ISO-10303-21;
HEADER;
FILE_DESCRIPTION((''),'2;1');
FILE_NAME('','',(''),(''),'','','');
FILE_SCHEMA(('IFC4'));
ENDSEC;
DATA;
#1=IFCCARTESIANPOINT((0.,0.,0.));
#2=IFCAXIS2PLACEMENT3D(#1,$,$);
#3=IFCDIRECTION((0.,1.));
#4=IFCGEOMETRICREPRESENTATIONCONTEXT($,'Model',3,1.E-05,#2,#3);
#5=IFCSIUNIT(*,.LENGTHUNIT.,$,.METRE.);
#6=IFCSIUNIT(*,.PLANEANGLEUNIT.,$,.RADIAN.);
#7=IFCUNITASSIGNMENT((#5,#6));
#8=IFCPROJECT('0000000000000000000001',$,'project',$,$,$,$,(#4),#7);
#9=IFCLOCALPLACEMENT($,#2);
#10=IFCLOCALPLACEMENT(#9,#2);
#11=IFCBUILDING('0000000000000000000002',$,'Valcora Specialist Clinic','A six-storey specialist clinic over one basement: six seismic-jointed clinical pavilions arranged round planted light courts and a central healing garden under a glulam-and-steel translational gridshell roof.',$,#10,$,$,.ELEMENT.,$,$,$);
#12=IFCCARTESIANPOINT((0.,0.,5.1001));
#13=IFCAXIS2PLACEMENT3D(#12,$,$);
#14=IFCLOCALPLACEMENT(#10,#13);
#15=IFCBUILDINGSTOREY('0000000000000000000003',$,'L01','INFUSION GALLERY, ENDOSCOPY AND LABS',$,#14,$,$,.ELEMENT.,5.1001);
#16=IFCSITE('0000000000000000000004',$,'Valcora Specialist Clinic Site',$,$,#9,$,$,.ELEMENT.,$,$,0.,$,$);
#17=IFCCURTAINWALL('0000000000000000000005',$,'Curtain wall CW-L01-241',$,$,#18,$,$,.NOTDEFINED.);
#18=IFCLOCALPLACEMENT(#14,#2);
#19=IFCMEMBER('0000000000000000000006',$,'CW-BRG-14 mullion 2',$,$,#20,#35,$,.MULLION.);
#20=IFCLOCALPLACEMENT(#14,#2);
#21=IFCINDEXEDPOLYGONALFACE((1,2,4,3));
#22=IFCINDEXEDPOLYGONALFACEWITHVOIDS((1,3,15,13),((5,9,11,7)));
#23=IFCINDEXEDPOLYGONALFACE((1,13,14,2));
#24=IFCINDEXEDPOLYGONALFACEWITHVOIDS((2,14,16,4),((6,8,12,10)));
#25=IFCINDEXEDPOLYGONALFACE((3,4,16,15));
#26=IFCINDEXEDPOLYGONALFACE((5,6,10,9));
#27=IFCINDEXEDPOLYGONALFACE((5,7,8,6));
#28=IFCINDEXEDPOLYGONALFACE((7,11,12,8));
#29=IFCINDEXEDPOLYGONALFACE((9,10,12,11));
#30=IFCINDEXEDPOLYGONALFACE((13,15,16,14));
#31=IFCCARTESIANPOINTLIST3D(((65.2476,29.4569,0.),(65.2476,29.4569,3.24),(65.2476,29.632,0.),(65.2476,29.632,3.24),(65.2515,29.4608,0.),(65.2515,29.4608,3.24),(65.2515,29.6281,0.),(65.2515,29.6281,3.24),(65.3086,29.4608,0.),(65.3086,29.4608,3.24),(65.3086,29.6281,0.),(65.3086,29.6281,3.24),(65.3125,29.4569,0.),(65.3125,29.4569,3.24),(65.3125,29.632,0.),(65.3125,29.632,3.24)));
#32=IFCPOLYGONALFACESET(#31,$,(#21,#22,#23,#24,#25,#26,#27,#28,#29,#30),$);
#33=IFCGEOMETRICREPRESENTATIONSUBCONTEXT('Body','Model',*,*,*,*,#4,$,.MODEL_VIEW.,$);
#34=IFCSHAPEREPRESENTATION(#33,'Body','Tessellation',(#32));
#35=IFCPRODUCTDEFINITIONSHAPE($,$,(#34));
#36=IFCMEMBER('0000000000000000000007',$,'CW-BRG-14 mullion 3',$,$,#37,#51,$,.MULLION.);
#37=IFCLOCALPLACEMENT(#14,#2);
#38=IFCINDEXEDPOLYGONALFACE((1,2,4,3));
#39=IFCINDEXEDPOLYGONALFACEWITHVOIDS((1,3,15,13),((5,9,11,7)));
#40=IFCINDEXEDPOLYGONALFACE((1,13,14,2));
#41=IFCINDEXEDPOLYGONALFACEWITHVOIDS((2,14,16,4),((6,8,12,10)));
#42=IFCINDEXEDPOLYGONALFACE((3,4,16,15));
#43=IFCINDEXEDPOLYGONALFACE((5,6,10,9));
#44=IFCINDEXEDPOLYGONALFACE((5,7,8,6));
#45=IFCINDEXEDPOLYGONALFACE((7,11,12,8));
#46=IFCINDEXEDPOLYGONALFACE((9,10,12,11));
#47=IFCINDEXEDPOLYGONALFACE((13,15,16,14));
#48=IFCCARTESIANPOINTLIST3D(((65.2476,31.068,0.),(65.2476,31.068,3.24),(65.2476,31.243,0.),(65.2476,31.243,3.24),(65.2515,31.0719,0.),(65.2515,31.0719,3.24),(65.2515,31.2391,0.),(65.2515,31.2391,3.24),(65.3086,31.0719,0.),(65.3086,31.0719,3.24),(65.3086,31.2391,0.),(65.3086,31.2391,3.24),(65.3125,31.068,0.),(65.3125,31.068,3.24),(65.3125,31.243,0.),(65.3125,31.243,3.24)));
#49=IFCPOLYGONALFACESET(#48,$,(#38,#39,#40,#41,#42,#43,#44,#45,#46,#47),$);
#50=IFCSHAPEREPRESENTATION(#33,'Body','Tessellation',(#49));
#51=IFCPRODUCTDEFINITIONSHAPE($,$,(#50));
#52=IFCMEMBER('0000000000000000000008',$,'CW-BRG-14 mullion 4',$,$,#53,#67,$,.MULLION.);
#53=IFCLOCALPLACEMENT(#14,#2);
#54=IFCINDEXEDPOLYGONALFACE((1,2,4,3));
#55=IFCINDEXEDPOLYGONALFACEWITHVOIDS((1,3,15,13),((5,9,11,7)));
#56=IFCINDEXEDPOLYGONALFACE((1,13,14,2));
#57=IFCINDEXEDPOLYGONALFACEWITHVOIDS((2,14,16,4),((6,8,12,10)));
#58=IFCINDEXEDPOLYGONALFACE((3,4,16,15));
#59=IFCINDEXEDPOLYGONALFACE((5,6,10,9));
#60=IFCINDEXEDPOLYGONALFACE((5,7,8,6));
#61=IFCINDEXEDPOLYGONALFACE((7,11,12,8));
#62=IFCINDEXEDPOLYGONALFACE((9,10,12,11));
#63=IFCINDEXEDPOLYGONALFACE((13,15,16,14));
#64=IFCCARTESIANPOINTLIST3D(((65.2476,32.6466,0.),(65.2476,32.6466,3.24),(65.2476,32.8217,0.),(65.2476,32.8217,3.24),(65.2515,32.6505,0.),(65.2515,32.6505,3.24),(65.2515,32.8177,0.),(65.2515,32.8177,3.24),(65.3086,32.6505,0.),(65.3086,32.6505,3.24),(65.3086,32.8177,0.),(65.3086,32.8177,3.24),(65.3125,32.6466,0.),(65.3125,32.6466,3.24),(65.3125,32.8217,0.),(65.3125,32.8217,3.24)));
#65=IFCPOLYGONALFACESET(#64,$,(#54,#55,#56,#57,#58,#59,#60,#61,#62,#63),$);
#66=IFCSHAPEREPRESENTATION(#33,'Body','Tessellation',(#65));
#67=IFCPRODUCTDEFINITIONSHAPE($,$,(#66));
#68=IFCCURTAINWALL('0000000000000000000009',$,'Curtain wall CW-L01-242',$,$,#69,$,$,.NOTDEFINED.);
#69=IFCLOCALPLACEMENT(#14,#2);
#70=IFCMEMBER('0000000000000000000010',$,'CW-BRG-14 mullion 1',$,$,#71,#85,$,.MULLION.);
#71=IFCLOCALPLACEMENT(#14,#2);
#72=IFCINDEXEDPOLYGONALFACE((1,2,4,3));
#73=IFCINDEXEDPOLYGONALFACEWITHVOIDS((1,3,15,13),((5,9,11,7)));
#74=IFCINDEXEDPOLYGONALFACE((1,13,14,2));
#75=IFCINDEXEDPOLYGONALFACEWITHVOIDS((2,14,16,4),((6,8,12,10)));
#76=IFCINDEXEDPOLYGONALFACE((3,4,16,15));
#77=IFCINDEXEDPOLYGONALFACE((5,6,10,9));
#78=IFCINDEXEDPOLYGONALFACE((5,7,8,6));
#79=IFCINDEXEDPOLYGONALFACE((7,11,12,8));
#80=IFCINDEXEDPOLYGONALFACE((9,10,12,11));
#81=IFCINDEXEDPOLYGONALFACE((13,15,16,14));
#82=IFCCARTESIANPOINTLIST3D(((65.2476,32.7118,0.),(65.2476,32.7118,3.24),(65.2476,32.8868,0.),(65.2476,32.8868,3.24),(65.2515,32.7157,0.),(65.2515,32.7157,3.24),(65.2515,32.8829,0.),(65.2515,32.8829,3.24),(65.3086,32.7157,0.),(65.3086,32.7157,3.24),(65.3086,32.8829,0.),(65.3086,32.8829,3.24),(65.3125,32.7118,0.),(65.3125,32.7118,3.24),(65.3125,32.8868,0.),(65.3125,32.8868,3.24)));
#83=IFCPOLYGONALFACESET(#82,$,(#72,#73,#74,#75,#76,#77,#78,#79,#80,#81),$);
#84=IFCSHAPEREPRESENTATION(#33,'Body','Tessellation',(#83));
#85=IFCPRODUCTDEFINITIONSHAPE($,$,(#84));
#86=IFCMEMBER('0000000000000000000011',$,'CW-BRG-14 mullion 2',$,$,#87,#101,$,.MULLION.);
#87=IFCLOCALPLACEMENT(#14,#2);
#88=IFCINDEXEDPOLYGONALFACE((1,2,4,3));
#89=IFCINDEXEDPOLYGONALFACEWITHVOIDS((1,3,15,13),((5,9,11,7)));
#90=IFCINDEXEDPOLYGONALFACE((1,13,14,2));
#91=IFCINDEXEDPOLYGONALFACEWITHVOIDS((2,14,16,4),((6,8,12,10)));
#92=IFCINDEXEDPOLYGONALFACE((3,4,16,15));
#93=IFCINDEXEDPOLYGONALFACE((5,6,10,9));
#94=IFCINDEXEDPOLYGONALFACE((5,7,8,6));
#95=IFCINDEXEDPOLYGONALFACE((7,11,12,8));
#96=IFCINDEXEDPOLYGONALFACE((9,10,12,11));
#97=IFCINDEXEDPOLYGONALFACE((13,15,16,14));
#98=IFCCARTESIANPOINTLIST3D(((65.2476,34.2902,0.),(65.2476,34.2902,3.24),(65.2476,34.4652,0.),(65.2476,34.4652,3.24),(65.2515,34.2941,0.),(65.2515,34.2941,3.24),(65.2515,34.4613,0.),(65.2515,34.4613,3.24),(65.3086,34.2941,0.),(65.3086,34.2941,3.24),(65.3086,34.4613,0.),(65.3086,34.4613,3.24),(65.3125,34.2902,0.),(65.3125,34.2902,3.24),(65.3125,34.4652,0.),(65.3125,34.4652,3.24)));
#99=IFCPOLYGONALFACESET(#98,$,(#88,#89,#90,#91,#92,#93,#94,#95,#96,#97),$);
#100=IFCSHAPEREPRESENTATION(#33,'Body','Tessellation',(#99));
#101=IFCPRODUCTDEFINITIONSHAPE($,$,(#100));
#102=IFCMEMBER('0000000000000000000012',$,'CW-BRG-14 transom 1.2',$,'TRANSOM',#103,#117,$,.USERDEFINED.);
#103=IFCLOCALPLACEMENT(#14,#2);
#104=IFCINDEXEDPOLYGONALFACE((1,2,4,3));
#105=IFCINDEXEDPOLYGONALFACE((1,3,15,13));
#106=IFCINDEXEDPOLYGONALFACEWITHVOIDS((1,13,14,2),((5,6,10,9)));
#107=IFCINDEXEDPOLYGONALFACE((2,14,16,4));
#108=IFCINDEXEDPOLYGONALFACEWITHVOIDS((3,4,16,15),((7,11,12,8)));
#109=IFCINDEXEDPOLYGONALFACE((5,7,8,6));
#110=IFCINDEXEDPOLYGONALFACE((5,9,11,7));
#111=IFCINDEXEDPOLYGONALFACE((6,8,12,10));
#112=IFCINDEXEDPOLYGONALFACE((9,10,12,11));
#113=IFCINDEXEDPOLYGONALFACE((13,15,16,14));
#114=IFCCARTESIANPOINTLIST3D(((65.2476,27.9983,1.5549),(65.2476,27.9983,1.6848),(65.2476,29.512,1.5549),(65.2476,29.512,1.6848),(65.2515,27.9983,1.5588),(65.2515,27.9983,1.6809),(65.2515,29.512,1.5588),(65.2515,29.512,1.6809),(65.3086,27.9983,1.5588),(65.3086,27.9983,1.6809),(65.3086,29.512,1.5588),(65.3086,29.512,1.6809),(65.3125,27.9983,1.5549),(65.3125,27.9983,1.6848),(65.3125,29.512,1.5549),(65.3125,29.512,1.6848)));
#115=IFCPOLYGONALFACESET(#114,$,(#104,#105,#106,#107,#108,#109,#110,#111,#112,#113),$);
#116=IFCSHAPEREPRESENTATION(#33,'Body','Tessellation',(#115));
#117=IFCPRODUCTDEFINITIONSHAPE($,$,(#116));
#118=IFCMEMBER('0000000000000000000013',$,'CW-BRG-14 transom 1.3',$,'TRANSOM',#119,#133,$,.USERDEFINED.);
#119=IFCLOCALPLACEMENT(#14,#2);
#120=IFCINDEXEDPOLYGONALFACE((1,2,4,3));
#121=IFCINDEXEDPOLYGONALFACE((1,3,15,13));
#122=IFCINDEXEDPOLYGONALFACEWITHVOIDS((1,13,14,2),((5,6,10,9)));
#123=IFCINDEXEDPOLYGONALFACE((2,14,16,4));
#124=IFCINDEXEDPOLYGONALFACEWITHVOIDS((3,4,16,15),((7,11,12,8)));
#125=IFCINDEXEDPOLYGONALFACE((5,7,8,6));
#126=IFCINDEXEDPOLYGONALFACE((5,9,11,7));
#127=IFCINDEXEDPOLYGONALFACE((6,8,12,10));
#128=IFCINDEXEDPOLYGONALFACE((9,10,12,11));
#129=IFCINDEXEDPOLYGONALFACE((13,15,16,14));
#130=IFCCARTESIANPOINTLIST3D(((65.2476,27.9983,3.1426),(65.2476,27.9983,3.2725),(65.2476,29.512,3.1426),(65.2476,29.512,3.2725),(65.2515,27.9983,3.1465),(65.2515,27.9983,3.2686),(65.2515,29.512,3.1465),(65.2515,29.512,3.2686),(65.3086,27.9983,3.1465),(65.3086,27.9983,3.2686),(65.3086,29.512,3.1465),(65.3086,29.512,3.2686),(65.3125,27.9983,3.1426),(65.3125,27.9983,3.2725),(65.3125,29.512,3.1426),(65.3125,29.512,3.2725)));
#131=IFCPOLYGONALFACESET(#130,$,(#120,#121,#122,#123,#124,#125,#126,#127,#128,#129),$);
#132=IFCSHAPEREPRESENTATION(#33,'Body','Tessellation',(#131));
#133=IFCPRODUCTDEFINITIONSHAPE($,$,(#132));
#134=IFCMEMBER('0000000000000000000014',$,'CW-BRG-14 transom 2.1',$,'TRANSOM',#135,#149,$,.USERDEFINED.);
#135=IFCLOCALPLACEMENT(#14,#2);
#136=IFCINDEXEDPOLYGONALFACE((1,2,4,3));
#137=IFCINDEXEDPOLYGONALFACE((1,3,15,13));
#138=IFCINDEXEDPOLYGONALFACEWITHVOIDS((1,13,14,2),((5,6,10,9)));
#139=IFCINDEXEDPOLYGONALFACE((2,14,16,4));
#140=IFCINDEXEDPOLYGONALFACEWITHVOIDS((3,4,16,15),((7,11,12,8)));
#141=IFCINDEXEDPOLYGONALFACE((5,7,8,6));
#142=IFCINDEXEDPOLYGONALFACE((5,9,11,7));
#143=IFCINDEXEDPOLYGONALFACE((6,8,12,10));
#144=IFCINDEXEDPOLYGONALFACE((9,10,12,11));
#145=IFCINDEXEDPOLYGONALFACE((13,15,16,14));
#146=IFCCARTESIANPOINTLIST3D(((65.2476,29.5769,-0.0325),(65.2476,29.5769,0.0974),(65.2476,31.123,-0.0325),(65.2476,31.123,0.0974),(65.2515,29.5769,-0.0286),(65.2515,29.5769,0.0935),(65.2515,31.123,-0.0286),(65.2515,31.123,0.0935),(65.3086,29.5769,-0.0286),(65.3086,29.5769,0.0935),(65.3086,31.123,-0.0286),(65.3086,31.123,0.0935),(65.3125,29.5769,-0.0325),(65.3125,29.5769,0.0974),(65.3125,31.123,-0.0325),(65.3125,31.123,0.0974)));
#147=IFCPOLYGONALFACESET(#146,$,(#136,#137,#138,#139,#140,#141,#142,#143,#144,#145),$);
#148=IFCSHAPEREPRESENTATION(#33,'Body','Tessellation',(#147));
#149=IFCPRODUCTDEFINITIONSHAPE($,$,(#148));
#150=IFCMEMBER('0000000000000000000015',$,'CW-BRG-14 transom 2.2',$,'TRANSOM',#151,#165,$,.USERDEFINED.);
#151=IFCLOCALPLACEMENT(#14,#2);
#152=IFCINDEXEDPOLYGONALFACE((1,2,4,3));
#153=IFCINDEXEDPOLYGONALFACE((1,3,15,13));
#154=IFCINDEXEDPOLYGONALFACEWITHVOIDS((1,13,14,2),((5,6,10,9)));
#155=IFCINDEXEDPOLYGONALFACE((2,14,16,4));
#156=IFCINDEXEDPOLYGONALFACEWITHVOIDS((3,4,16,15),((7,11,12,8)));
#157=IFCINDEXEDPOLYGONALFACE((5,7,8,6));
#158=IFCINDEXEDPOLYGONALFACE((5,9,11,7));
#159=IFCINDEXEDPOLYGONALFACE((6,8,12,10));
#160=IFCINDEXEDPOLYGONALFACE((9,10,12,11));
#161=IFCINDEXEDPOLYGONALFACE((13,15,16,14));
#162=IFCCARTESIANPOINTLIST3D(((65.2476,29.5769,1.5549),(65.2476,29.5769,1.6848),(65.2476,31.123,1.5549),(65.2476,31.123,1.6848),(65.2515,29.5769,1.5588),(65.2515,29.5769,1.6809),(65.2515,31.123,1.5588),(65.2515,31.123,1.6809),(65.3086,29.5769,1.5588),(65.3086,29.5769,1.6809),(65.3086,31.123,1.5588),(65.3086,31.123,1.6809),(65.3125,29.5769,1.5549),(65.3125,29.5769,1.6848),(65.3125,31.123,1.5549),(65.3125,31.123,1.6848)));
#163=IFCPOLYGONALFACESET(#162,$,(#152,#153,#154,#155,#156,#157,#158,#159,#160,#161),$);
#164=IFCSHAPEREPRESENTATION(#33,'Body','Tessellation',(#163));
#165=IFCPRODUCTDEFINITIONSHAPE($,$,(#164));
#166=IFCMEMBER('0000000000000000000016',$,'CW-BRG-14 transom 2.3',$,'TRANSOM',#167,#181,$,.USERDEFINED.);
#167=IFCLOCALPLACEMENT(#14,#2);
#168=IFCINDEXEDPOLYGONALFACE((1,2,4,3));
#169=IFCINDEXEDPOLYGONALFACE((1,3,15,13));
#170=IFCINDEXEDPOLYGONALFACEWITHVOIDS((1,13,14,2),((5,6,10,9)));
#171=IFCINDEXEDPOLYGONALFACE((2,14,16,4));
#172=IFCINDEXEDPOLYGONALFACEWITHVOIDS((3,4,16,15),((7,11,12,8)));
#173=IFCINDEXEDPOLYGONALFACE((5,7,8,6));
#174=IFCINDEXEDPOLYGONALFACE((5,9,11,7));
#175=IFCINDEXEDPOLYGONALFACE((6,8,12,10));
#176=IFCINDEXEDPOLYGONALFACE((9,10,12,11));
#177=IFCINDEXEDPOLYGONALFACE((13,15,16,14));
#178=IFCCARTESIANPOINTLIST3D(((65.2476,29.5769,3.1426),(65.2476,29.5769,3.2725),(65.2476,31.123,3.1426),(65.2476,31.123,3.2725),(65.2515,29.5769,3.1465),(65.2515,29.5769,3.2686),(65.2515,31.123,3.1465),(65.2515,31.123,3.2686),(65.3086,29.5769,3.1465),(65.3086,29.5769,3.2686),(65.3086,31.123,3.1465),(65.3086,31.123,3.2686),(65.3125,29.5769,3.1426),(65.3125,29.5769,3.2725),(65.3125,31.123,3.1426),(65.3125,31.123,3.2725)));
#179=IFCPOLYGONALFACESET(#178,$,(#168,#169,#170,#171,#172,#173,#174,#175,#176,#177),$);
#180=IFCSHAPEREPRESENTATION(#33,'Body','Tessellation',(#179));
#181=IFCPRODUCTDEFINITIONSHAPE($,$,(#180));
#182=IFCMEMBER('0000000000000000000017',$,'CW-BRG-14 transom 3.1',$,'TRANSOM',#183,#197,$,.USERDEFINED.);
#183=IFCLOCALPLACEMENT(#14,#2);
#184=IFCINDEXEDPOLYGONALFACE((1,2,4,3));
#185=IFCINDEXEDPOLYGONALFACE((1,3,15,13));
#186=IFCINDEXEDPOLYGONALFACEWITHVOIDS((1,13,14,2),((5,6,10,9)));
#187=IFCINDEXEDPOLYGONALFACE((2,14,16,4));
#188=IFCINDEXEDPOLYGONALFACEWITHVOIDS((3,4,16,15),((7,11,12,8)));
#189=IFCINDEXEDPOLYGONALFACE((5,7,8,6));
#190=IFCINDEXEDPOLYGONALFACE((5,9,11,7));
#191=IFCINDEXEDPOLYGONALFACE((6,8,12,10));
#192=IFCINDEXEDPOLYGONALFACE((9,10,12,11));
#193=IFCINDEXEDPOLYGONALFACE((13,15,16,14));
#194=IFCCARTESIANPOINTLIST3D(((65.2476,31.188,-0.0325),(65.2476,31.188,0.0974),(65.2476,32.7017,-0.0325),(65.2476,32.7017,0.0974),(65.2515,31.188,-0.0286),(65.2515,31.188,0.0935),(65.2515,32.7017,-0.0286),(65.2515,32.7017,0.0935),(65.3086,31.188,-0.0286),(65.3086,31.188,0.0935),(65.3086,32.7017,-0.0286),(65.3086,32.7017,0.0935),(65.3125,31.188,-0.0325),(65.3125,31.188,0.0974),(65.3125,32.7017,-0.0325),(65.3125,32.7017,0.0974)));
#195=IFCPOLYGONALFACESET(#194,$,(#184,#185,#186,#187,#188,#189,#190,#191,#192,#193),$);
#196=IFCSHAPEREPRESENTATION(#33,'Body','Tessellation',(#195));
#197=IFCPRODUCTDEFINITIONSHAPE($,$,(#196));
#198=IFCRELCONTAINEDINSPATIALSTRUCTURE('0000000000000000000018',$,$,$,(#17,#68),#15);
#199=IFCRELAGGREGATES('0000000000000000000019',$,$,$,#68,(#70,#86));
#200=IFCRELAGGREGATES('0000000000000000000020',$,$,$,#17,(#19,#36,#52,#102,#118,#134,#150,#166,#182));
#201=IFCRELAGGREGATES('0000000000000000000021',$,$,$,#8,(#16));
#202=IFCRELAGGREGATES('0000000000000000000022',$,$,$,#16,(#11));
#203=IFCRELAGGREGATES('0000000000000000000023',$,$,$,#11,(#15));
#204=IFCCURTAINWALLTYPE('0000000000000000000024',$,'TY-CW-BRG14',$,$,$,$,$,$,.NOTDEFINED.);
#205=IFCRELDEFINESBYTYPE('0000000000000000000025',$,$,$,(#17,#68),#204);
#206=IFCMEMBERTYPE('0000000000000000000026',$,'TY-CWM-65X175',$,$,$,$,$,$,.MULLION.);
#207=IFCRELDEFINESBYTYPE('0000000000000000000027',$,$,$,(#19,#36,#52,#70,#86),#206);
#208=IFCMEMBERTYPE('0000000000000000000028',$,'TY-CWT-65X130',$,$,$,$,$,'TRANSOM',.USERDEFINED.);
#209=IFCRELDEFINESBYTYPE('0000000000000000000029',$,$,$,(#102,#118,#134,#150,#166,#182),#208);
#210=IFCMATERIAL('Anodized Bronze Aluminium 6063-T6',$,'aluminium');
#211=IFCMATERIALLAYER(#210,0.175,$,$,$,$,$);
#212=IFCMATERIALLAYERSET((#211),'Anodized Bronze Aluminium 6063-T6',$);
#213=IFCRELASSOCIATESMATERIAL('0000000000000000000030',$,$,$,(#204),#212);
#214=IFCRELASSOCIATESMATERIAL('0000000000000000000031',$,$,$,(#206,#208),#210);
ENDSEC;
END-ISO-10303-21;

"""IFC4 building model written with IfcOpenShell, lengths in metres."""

from ifc_helpers import new_model, si_unit, direction, frame, origin, origin_2d, place, context, subcontext, project, spatial, hollow_rectangle, extrude, material, layer, layer_set, material_profile, profile_set, type_object, element, aggregate, save


model = new_model("IFC4")

# Units and contexts
model_context = context("Model", 3, precision=1e-05, world=origin(), true_north=direction((0.0, 1.0)))
body_context = subcontext(model_context, "Body", "Model", "MODEL_VIEW")
ifc_project = project(units=[si_unit("LENGTHUNIT", "METRE"), si_unit("PLANEANGLEUNIT", "RADIAN")], contexts=[model_context])

# Site, building, storey
site_placement = place(None, origin())
site = spatial("IfcSite", under=ifc_project, at=site_placement, Name="Valcora Specialist Clinic Site", CompositionType="ELEMENT", RefElevation=0.0)
building_placement = place(site_placement, origin())
building = spatial("IfcBuilding", under=site, at=building_placement, Name="Valcora Specialist Clinic", Description="A six-storey specialist clinic over one basement: six seismic-jointed clinical pavilions arranged round planted light courts and a central healing garden under a glulam-and-steel translational gridshell roof.", CompositionType="ELEMENT")
storey_placement = place(building_placement, frame((0.0, 0.0, 5.1001)))
storey = spatial("IfcBuildingStorey", under=building, at=storey_placement, Name="L01", Description="INFUSION GALLERY, ENDOSCOPY AND LABS", CompositionType="ELEMENT", Elevation=5.1001)

# Curtain walls, members
ifc_material_1 = material(Name="Anodized Bronze Aluminium 6063-T6", Category="aluminium")
ifc_layer_1 = layer(ifc_material_1, 0.175)
ifc_layer_set_1 = layer_set([ifc_layer_1], Name="Anodized Bronze Aluminium 6063-T6")
curtain_wall_type = type_object("IfcCurtainWallType", Name="TY-CW-BRG14", PredefinedType="NOTDEFINED", material=ifc_layer_set_1)
curtain_wall_1_placement = place(storey_placement, origin())
curtain_wall_1 = element("IfcCurtainWall", 1, at=curtain_wall_1_placement, inside=storey, type_object=curtain_wall_type, Name="Curtain wall CW-L01-241", PredefinedType="NOTDEFINED")
ifc_material_profile_1 = material_profile(ifc_material_1, hollow_rectangle(XDim=0.0649, YDim=0.175, WallThickness=0.0039, at=origin_2d()), Name="AL-MUL-65X175")
ifc_profile_set_1 = profile_set([ifc_material_profile_1], Name="Anodized Bronze Aluminium 6063-T6")
member_type_1 = type_object("IfcMemberType", Name="TY-CWM-65X175", PredefinedType="MULLION", material=ifc_profile_set_1)
member_1_placement = place(storey_placement, frame((65.28, 29.5444, 0.0), z_axis=(0.0, 0.0, 1.0), x_axis=(-1.0, 0.0, 0.0)))
member_1 = element("IfcMember", 2, at=member_1_placement, type_object=member_type_1, Name="CW-BRG-14 mullion 2", PredefinedType="MULLION", context=body_context, shape_type="SweptSolid", body=[
    extrude(hollow_rectangle(XDim=0.0649, YDim=0.175, WallThickness=0.0039, at=origin_2d()), origin(), (0.0, 0.0, 1.0), 3.24),
])
member_2_placement = place(storey_placement, frame((65.28, 31.1555, 0.0), z_axis=(0.0, 0.0, 1.0), x_axis=(-1.0, 0.0, 0.0)))
member_2 = element("IfcMember", 3, at=member_2_placement, type_object=member_type_1, Name="CW-BRG-14 mullion 3", PredefinedType="MULLION", context=body_context, shape_type="SweptSolid", body=[
    extrude(hollow_rectangle(XDim=0.0649, YDim=0.175, WallThickness=0.0039, at=origin_2d()), origin(), (0.0, 0.0, 1.0), 3.24),
])
member_3_placement = place(storey_placement, frame((65.28, 32.7341, 0.0), z_axis=(0.0, 0.0, 1.0), x_axis=(-1.0, 0.0, 0.0)))
member_3 = element("IfcMember", 4, at=member_3_placement, type_object=member_type_1, Name="CW-BRG-14 mullion 4", PredefinedType="MULLION", context=body_context, shape_type="SweptSolid", body=[
    extrude(hollow_rectangle(XDim=0.0649, YDim=0.175, WallThickness=0.0039, at=origin_2d()), origin(), (0.0, 0.0, 1.0), 3.24),
])
curtain_wall_2_placement = place(storey_placement, origin())
curtain_wall_2 = element("IfcCurtainWall", 5, at=curtain_wall_2_placement, inside=storey, type_object=curtain_wall_type, Name="Curtain wall CW-L01-242", PredefinedType="NOTDEFINED")
member_4_placement = place(storey_placement, frame((65.28, 32.7993, 0.0), z_axis=(0.0, 0.0, 1.0), x_axis=(-1.0, 0.0, 0.0)))
member_4 = element("IfcMember", 6, at=member_4_placement, type_object=member_type_1, Name="CW-BRG-14 mullion 1", PredefinedType="MULLION", context=body_context, shape_type="SweptSolid", body=[
    extrude(hollow_rectangle(XDim=0.0649, YDim=0.175, WallThickness=0.0039, at=origin_2d()), origin(), (0.0, 0.0, 1.0), 3.24),
])
member_5_placement = place(storey_placement, frame((65.28, 34.3777, 0.0), z_axis=(0.0, 0.0, 1.0), x_axis=(-1.0, 0.0, 0.0)))
member_5 = element("IfcMember", 7, at=member_5_placement, type_object=member_type_1, Name="CW-BRG-14 mullion 2", PredefinedType="MULLION", context=body_context, shape_type="SweptSolid", body=[
    extrude(hollow_rectangle(XDim=0.0649, YDim=0.175, WallThickness=0.0039, at=origin_2d()), origin(), (0.0, 0.0, 1.0), 3.24),
])

# Members
ifc_material_profile_2 = material_profile(ifc_material_1, hollow_rectangle(XDim=0.0649, YDim=0.1299, WallThickness=0.0039, at=origin_2d()), Name="AL-TRN-65X130")
ifc_profile_set_2 = profile_set([ifc_material_profile_2], Name="Anodized Bronze Aluminium 6063-T6")
member_type_2 = type_object("IfcMemberType", Name="TY-CWT-65X130", ElementType="TRANSOM", PredefinedType="USERDEFINED", material=ifc_profile_set_2)
member_6_placement = place(storey_placement, frame((65.28, 27.9983, 1.6199), z_axis=(0.0, 1.0, 0.0), x_axis=(-1.0, 0.0, 0.0)))
member_6 = element("IfcMember", 8, at=member_6_placement, type_object=member_type_2, Name="CW-BRG-14 transom 1.2", ObjectType="TRANSOM", PredefinedType="USERDEFINED", context=body_context, shape_type="SweptSolid", body=[
    extrude(hollow_rectangle(XDim=0.0649, YDim=0.1299, WallThickness=0.0039, at=origin_2d()), origin(), (0.0, 0.0, 1.0), 1.5137),
])
member_7_placement = place(storey_placement, frame((65.28, 27.9983, 3.2075), z_axis=(0.0, 1.0, 0.0), x_axis=(-1.0, 0.0, 0.0)))
member_7 = element("IfcMember", 9, at=member_7_placement, type_object=member_type_2, Name="CW-BRG-14 transom 1.3", ObjectType="TRANSOM", PredefinedType="USERDEFINED", context=body_context, shape_type="SweptSolid", body=[
    extrude(hollow_rectangle(XDim=0.0649, YDim=0.1299, WallThickness=0.0039, at=origin_2d()), origin(), (0.0, 0.0, 1.0), 1.5137),
])
member_8_placement = place(storey_placement, frame((65.28, 29.5769, 0.0325), z_axis=(0.0, 1.0, 0.0), x_axis=(-1.0, 0.0, 0.0)))
member_8 = element("IfcMember", 10, at=member_8_placement, type_object=member_type_2, Name="CW-BRG-14 transom 2.1", ObjectType="TRANSOM", PredefinedType="USERDEFINED", context=body_context, shape_type="SweptSolid", body=[
    extrude(hollow_rectangle(XDim=0.0649, YDim=0.1299, WallThickness=0.0039, at=origin_2d()), origin(), (0.0, 0.0, 1.0), 1.5461),
])
member_9_placement = place(storey_placement, frame((65.28, 29.5769, 1.6199), z_axis=(0.0, 1.0, 0.0), x_axis=(-1.0, 0.0, 0.0)))
member_9 = element("IfcMember", 11, at=member_9_placement, type_object=member_type_2, Name="CW-BRG-14 transom 2.2", ObjectType="TRANSOM", PredefinedType="USERDEFINED", context=body_context, shape_type="SweptSolid", body=[
    extrude(hollow_rectangle(XDim=0.0649, YDim=0.1299, WallThickness=0.0039, at=origin_2d()), origin(), (0.0, 0.0, 1.0), 1.5461),
])
member_10_placement = place(storey_placement, frame((65.28, 29.5769, 3.2075), z_axis=(0.0, 1.0, 0.0), x_axis=(-1.0, 0.0, 0.0)))
member_10 = element("IfcMember", 12, at=member_10_placement, type_object=member_type_2, Name="CW-BRG-14 transom 2.3", ObjectType="TRANSOM", PredefinedType="USERDEFINED", context=body_context, shape_type="SweptSolid", body=[
    extrude(hollow_rectangle(XDim=0.0649, YDim=0.1299, WallThickness=0.0039, at=origin_2d()), origin(), (0.0, 0.0, 1.0), 1.5461),
])
member_11_placement = place(storey_placement, frame((65.28, 31.188, 0.0325), z_axis=(0.0, 1.0, 0.0), x_axis=(-1.0, 0.0, 0.0)))
member_11 = element("IfcMember", 13, at=member_11_placement, type_object=member_type_2, Name="CW-BRG-14 transom 3.1", ObjectType="TRANSOM", PredefinedType="USERDEFINED", context=body_context, shape_type="SweptSolid", body=[
    extrude(hollow_rectangle(XDim=0.0649, YDim=0.1299, WallThickness=0.0039, at=origin_2d()), origin(), (0.0, 0.0, 1.0), 1.5137),
])

aggregate(curtain_wall_2, [member_4, member_5])
aggregate(curtain_wall_1, [member_1, member_2, member_3, member_6, member_7, member_8, member_9, member_10, member_11])

save(model, "model.ifc")
